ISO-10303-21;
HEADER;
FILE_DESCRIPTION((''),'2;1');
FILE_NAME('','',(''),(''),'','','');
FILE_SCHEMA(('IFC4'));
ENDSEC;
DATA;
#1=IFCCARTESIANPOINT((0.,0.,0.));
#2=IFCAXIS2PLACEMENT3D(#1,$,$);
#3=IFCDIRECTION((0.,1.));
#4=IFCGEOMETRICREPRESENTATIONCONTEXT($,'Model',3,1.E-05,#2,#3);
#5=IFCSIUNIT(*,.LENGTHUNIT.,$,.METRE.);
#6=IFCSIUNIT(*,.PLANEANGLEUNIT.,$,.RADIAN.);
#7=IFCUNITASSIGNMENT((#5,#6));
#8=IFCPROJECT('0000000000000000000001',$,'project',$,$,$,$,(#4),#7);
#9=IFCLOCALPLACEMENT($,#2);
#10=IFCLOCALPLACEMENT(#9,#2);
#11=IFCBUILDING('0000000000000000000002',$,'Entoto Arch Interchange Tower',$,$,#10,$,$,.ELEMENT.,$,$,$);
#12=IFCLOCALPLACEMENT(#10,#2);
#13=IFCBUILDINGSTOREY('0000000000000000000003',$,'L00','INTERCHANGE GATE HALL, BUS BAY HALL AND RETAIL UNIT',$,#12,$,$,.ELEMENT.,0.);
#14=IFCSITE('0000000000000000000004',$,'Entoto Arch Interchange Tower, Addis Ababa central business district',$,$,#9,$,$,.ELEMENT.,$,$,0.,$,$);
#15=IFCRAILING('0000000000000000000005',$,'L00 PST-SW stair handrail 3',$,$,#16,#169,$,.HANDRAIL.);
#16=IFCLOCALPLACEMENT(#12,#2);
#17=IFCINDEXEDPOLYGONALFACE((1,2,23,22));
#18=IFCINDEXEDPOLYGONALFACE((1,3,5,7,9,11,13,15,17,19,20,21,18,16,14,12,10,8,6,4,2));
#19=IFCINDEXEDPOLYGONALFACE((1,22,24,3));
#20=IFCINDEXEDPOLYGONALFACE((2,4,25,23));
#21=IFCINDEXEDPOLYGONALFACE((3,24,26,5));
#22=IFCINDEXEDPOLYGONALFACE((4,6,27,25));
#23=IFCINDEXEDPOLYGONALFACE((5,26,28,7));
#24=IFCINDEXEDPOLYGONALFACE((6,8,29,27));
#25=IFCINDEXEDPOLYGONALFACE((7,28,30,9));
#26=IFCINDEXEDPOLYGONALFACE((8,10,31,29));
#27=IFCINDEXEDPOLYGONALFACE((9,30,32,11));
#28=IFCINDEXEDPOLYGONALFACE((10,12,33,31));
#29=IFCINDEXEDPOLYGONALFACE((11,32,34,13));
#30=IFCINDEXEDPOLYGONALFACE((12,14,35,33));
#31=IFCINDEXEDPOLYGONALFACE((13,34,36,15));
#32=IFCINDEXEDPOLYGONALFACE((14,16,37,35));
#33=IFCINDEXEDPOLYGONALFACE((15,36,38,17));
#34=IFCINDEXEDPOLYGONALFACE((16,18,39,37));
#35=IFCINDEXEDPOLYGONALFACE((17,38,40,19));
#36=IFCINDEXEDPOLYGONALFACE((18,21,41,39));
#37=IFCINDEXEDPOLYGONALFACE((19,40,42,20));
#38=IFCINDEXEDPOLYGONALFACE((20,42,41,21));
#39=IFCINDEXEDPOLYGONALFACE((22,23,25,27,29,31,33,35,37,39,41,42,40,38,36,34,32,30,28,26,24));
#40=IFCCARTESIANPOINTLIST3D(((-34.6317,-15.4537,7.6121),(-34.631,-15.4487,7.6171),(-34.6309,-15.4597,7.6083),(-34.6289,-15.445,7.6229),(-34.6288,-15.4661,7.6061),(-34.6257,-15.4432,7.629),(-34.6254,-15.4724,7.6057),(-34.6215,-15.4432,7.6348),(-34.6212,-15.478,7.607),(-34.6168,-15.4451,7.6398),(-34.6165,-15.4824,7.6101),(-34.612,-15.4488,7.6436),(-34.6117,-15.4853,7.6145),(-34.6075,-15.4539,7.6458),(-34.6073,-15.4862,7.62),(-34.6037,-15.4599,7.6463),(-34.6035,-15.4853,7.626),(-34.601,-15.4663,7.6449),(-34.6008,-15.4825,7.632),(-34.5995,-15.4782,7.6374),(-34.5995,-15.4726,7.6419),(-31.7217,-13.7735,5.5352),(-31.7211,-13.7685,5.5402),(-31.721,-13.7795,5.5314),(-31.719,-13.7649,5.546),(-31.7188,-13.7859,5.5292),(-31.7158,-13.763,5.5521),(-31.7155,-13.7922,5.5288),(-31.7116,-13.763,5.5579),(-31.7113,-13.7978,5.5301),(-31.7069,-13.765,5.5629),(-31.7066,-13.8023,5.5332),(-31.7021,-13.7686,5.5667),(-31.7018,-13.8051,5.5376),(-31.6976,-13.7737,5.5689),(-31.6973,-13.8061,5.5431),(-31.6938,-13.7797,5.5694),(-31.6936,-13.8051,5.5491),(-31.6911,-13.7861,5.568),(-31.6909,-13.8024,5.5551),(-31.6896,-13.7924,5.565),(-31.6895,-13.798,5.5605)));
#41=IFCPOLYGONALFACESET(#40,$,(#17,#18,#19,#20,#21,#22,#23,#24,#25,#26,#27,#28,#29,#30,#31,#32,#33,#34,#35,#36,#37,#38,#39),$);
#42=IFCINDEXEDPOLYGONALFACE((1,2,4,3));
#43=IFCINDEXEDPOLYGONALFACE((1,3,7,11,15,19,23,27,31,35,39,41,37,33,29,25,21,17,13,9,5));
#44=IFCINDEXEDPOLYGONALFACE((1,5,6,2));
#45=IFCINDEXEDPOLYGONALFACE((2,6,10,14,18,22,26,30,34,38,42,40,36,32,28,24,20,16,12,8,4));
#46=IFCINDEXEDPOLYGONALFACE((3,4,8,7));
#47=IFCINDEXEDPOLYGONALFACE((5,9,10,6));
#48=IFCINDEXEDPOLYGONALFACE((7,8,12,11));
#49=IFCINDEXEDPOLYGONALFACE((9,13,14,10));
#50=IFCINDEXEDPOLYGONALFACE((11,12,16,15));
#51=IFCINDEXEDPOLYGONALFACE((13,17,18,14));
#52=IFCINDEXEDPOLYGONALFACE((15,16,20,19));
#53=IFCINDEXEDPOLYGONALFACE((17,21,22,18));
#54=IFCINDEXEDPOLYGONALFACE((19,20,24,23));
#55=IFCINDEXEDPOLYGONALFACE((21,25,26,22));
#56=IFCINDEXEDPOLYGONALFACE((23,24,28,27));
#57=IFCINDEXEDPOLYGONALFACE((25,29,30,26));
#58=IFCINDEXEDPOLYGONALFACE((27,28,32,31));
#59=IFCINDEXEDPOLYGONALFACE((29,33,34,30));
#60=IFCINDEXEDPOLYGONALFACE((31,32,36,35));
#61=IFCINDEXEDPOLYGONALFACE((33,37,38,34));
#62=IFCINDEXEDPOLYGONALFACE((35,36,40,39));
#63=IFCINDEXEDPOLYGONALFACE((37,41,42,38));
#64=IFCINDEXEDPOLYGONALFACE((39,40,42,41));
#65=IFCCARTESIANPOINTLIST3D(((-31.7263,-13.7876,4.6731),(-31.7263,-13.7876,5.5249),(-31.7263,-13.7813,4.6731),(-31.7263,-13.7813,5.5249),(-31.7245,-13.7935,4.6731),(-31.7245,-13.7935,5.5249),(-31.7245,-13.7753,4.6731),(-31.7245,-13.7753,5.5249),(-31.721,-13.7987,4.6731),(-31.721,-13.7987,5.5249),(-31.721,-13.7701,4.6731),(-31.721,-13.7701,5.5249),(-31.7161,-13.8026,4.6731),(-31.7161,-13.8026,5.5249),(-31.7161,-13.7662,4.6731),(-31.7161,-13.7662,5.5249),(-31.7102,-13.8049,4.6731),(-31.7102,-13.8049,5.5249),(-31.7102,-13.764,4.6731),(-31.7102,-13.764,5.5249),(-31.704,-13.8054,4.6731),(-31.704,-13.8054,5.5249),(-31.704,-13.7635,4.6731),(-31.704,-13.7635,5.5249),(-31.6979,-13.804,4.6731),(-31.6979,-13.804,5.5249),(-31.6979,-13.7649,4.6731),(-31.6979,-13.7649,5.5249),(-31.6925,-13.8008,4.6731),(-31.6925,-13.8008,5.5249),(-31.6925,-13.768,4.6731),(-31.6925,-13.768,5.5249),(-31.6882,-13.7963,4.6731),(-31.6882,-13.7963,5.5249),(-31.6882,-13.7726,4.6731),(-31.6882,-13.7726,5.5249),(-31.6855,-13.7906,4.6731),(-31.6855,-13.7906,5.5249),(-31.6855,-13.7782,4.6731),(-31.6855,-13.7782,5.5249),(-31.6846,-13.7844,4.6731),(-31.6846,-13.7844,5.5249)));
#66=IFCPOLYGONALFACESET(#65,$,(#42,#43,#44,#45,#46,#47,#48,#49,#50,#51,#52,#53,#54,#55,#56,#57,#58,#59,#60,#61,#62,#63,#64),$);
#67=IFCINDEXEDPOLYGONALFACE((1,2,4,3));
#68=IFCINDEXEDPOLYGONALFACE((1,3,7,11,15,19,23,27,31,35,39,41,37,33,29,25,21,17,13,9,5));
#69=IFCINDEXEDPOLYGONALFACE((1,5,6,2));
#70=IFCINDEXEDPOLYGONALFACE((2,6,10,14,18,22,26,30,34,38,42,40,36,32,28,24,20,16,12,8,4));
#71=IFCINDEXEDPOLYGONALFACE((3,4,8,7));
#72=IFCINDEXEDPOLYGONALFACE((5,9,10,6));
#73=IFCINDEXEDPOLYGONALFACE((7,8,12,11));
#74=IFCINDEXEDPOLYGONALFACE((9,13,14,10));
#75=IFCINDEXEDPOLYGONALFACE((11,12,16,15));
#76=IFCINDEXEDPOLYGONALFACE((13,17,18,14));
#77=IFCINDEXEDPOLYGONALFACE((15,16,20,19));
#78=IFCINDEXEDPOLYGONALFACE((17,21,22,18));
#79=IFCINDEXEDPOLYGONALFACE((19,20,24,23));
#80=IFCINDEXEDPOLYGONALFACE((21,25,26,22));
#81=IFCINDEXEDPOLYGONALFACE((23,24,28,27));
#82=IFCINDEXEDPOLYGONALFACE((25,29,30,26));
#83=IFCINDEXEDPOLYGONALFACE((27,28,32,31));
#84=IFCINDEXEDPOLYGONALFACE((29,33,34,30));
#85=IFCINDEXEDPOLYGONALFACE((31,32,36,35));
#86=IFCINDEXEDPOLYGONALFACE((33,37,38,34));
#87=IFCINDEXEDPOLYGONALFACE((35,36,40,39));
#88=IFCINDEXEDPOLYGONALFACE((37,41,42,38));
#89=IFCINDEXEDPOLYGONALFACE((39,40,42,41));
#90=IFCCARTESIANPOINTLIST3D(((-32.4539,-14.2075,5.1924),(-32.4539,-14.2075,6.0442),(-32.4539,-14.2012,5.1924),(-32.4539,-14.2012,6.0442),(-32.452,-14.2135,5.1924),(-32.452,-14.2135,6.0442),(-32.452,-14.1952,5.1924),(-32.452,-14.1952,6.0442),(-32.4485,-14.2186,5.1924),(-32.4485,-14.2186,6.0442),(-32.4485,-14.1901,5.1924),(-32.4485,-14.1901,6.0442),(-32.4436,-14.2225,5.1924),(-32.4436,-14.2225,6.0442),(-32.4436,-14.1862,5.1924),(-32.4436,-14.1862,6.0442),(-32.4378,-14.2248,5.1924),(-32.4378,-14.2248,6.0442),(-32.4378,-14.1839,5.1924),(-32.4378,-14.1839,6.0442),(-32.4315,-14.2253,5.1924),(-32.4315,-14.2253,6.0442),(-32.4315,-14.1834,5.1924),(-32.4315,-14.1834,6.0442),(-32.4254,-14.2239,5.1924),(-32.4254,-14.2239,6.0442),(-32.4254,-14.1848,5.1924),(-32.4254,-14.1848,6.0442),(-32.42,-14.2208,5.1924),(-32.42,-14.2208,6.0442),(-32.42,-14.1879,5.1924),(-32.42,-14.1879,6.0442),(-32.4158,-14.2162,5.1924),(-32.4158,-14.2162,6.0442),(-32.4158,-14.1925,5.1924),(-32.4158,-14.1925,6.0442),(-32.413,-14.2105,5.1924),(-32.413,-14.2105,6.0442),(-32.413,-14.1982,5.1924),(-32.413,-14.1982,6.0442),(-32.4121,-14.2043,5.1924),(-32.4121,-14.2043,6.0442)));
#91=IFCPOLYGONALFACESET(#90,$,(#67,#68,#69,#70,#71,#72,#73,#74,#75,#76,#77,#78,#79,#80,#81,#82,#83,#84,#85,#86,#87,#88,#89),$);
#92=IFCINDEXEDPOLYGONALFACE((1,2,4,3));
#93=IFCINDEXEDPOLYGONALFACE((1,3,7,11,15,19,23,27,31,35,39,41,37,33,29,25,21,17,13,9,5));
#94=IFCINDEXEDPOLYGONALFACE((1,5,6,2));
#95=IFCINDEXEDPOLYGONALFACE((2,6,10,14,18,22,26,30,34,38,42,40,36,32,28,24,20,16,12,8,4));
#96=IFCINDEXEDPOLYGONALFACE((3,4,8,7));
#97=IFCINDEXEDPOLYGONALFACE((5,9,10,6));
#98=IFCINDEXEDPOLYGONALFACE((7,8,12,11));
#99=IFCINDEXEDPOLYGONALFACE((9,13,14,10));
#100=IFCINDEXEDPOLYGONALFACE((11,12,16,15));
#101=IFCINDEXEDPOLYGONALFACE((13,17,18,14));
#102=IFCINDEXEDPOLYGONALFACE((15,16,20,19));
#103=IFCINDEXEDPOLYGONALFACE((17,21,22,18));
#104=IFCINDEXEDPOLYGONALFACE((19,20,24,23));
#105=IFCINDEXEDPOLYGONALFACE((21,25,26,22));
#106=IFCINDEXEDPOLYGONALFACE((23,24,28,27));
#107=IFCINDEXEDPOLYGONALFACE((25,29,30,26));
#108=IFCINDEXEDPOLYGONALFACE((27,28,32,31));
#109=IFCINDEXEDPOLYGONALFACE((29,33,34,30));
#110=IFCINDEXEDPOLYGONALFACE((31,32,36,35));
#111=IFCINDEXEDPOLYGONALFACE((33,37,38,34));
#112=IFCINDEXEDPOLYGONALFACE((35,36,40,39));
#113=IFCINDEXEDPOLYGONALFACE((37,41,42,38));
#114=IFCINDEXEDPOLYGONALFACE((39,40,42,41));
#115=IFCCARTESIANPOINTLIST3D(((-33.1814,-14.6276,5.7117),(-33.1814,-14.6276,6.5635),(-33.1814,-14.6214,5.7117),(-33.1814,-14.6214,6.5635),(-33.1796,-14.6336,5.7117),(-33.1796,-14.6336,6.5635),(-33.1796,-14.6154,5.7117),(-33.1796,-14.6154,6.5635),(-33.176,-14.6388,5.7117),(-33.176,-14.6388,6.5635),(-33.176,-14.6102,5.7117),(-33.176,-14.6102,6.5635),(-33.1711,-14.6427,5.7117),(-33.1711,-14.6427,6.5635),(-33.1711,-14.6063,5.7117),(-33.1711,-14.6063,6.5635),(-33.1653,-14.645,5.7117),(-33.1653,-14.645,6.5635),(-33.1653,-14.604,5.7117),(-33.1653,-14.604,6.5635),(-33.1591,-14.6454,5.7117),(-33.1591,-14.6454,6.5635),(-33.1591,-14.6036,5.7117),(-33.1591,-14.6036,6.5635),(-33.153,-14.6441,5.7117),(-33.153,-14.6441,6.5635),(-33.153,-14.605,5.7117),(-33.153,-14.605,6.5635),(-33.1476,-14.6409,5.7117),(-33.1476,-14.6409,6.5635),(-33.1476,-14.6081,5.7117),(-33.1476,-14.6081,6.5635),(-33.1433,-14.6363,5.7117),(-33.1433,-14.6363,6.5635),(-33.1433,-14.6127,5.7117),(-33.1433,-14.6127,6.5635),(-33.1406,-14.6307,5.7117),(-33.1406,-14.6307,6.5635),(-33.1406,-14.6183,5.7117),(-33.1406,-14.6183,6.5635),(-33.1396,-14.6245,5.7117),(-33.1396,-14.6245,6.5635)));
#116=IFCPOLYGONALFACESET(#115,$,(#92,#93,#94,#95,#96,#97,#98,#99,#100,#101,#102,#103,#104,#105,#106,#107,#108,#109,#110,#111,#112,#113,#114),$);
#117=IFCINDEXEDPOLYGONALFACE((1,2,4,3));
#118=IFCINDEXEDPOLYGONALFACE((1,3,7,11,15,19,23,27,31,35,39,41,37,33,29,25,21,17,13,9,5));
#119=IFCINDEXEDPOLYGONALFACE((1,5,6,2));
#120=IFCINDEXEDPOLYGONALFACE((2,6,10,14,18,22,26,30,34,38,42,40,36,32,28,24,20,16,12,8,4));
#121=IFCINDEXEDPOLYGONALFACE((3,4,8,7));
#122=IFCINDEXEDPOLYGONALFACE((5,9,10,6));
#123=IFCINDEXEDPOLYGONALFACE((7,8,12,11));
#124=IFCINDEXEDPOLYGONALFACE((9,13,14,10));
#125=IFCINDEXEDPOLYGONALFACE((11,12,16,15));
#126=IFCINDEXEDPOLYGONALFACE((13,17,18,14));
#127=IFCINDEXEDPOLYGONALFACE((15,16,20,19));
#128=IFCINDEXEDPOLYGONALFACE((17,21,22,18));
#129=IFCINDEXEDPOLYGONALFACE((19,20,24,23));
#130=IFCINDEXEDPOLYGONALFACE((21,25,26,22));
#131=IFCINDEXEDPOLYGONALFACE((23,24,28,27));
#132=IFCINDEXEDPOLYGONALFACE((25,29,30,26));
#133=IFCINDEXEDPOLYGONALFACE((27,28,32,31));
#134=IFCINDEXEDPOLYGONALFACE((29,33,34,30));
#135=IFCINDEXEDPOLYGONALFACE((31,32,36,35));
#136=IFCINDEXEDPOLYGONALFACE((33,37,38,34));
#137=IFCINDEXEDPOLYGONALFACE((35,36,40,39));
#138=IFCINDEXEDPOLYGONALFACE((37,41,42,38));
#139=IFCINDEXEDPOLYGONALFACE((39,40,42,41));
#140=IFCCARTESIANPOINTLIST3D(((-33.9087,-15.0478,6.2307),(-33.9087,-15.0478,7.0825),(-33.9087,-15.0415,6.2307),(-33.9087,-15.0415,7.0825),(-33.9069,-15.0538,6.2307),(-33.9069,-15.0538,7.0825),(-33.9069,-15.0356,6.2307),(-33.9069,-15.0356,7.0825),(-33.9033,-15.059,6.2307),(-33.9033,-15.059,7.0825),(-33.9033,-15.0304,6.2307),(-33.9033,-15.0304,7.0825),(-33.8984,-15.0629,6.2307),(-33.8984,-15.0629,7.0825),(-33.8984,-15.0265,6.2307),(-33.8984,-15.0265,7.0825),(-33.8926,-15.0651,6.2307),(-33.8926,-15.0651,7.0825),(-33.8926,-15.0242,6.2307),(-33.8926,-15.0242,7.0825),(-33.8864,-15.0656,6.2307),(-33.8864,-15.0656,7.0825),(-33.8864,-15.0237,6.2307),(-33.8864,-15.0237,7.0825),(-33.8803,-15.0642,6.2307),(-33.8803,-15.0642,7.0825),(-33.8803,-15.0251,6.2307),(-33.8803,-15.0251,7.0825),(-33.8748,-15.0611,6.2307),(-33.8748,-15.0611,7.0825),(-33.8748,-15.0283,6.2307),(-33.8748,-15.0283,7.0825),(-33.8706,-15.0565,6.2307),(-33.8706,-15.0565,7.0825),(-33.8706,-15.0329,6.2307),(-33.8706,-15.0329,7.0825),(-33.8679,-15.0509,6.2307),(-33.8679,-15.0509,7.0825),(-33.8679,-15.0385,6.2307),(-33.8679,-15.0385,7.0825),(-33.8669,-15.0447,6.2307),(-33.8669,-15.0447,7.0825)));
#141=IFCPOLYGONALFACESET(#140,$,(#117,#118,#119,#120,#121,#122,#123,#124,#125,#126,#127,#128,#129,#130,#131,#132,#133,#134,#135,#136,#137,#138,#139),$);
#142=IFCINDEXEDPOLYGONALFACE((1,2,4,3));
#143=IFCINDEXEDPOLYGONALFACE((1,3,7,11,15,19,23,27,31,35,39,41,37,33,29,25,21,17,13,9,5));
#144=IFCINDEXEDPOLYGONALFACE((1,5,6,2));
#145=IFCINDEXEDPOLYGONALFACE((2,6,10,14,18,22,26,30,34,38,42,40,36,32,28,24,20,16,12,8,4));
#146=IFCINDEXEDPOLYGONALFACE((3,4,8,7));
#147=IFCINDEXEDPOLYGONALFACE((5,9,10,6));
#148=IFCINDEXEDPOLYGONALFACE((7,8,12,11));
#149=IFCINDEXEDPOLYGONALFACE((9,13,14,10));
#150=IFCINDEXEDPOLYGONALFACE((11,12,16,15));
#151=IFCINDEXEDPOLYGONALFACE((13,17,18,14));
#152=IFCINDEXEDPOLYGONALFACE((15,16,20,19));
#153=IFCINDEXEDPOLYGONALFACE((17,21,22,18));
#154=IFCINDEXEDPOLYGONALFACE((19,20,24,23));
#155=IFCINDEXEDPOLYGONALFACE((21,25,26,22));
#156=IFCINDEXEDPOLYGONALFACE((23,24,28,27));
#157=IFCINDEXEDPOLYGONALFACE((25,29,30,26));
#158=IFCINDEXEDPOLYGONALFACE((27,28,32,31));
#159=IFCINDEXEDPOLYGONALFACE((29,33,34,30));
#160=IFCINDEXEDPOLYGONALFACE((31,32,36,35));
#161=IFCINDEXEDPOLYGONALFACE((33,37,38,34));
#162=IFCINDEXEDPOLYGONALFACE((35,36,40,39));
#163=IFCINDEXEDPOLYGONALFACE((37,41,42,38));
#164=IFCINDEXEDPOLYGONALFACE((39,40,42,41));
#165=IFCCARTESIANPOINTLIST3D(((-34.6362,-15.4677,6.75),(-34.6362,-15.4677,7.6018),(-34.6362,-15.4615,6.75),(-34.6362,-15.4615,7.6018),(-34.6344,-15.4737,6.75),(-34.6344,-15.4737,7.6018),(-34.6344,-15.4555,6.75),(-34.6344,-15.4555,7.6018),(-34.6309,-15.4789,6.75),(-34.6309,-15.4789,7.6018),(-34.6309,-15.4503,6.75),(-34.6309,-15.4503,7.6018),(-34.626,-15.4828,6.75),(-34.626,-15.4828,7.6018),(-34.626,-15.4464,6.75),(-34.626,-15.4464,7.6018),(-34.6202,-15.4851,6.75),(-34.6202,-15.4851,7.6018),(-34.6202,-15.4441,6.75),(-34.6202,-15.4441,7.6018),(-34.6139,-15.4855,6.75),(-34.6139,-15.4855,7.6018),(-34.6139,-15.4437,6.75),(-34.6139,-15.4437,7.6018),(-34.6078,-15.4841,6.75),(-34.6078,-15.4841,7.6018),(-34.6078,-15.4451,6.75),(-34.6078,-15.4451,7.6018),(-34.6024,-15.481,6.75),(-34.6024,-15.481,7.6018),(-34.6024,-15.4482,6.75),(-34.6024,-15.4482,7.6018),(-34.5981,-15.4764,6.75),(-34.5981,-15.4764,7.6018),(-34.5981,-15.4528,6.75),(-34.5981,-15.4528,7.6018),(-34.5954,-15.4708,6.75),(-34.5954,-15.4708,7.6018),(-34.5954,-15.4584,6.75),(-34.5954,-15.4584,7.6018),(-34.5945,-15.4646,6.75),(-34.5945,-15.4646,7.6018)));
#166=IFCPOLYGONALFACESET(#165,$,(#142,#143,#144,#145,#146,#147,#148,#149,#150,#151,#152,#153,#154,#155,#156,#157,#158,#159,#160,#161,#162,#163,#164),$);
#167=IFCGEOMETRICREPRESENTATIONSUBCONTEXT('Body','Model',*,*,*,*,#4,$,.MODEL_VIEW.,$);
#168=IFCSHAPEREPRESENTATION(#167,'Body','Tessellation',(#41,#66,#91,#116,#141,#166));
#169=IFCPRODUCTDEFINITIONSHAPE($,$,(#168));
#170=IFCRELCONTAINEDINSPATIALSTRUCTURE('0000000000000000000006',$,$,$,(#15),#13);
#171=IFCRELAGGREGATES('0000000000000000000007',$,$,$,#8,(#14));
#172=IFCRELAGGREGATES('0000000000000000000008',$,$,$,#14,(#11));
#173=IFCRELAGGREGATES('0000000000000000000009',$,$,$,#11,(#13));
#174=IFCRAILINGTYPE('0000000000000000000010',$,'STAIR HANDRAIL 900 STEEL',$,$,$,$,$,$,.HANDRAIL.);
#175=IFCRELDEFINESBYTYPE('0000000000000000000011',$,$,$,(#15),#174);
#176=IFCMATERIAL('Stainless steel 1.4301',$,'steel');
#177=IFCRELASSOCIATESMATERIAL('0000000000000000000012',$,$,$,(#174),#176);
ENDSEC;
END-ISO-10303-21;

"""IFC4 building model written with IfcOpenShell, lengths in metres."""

from ifc_helpers import new_model, si_unit, direction, frame, origin, origin_2d, place, context, subcontext, project, spatial, circle, extrude, material, type_object, element, save


model = new_model("IFC4")

# Units and contexts
model_context = context("Model", 3, precision=1e-05, world=origin(), true_north=direction((0.0, 1.0)))
body_context = subcontext(model_context, "Body", "Model", "MODEL_VIEW")
ifc_project = project(units=[si_unit("LENGTHUNIT", "METRE"), si_unit("PLANEANGLEUNIT", "RADIAN")], contexts=[model_context])

# Site, building, storey
site_placement = place(None, origin())
site = spatial("IfcSite", under=ifc_project, at=site_placement, Name="Entoto Arch Interchange Tower, Addis Ababa central business district", CompositionType="ELEMENT", RefElevation=0.0)
building_placement = place(site_placement, origin())
building = spatial("IfcBuilding", under=site, at=building_placement, Name="Entoto Arch Interchange Tower", CompositionType="ELEMENT")
storey_placement = place(building_placement, origin())
storey = spatial("IfcBuildingStorey", under=building, at=storey_placement, Name="L00", Description="INTERCHANGE GATE HALL, BUS BAY HALL AND RETAIL UNIT", CompositionType="ELEMENT", Elevation=0.0)

# Railing
ifc_material_1 = material(Name="Stainless steel 1.4301", Category="steel")
railing_type_1 = type_object("IfcRailingType", Name="STAIR HANDRAIL 900 STEEL", PredefinedType="HANDRAIL", material=ifc_material_1)
for number, where, name in (
    (1, (-31.7056, -13.7844, 4.6731), "L00 PST-SW stair handrail 3"),
):
    element("IfcRailing", number, at=place(storey_placement, frame(where)), inside=storey, type_object=railing_type_1, Name=name, PredefinedType="HANDRAIL", context=body_context, shape_type="SweptSolid", body=[
        extrude(circle(Radius=0.0239, at=origin_2d()), frame((0.0, 0.0, 0.876), z_axis=(-0.736649, -0.425339, 0.525771), x_axis=(0.500031, -0.866008, 0.0)), (0.0, 0.0, 1.0), 3.9502),
        extrude(circle(Radius=0.021, at=origin_2d()), origin(), (0.0, 0.0, 1.0), 0.8518),
        extrude(circle(Radius=0.021, at=origin_2d()), frame((-0.7275, -0.4199, 0.5193)), (0.0, 0.0, 1.0), 0.8518),
        extrude(circle(Radius=0.021, at=origin_2d()), frame((-1.4551, -0.8401, 1.0386)), (0.0, 0.0, 1.0), 0.8518),
        extrude(circle(Radius=0.021, at=origin_2d()), frame((-2.1824, -1.2603, 1.5576)), (0.0, 0.0, 1.0), 0.8518),
        extrude(circle(Radius=0.021, at=origin_2d()), frame((-2.9099, -1.6802, 2.0769)), (0.0, 0.0, 1.0), 0.8518),
    ])

save(model, "model.ifc")
